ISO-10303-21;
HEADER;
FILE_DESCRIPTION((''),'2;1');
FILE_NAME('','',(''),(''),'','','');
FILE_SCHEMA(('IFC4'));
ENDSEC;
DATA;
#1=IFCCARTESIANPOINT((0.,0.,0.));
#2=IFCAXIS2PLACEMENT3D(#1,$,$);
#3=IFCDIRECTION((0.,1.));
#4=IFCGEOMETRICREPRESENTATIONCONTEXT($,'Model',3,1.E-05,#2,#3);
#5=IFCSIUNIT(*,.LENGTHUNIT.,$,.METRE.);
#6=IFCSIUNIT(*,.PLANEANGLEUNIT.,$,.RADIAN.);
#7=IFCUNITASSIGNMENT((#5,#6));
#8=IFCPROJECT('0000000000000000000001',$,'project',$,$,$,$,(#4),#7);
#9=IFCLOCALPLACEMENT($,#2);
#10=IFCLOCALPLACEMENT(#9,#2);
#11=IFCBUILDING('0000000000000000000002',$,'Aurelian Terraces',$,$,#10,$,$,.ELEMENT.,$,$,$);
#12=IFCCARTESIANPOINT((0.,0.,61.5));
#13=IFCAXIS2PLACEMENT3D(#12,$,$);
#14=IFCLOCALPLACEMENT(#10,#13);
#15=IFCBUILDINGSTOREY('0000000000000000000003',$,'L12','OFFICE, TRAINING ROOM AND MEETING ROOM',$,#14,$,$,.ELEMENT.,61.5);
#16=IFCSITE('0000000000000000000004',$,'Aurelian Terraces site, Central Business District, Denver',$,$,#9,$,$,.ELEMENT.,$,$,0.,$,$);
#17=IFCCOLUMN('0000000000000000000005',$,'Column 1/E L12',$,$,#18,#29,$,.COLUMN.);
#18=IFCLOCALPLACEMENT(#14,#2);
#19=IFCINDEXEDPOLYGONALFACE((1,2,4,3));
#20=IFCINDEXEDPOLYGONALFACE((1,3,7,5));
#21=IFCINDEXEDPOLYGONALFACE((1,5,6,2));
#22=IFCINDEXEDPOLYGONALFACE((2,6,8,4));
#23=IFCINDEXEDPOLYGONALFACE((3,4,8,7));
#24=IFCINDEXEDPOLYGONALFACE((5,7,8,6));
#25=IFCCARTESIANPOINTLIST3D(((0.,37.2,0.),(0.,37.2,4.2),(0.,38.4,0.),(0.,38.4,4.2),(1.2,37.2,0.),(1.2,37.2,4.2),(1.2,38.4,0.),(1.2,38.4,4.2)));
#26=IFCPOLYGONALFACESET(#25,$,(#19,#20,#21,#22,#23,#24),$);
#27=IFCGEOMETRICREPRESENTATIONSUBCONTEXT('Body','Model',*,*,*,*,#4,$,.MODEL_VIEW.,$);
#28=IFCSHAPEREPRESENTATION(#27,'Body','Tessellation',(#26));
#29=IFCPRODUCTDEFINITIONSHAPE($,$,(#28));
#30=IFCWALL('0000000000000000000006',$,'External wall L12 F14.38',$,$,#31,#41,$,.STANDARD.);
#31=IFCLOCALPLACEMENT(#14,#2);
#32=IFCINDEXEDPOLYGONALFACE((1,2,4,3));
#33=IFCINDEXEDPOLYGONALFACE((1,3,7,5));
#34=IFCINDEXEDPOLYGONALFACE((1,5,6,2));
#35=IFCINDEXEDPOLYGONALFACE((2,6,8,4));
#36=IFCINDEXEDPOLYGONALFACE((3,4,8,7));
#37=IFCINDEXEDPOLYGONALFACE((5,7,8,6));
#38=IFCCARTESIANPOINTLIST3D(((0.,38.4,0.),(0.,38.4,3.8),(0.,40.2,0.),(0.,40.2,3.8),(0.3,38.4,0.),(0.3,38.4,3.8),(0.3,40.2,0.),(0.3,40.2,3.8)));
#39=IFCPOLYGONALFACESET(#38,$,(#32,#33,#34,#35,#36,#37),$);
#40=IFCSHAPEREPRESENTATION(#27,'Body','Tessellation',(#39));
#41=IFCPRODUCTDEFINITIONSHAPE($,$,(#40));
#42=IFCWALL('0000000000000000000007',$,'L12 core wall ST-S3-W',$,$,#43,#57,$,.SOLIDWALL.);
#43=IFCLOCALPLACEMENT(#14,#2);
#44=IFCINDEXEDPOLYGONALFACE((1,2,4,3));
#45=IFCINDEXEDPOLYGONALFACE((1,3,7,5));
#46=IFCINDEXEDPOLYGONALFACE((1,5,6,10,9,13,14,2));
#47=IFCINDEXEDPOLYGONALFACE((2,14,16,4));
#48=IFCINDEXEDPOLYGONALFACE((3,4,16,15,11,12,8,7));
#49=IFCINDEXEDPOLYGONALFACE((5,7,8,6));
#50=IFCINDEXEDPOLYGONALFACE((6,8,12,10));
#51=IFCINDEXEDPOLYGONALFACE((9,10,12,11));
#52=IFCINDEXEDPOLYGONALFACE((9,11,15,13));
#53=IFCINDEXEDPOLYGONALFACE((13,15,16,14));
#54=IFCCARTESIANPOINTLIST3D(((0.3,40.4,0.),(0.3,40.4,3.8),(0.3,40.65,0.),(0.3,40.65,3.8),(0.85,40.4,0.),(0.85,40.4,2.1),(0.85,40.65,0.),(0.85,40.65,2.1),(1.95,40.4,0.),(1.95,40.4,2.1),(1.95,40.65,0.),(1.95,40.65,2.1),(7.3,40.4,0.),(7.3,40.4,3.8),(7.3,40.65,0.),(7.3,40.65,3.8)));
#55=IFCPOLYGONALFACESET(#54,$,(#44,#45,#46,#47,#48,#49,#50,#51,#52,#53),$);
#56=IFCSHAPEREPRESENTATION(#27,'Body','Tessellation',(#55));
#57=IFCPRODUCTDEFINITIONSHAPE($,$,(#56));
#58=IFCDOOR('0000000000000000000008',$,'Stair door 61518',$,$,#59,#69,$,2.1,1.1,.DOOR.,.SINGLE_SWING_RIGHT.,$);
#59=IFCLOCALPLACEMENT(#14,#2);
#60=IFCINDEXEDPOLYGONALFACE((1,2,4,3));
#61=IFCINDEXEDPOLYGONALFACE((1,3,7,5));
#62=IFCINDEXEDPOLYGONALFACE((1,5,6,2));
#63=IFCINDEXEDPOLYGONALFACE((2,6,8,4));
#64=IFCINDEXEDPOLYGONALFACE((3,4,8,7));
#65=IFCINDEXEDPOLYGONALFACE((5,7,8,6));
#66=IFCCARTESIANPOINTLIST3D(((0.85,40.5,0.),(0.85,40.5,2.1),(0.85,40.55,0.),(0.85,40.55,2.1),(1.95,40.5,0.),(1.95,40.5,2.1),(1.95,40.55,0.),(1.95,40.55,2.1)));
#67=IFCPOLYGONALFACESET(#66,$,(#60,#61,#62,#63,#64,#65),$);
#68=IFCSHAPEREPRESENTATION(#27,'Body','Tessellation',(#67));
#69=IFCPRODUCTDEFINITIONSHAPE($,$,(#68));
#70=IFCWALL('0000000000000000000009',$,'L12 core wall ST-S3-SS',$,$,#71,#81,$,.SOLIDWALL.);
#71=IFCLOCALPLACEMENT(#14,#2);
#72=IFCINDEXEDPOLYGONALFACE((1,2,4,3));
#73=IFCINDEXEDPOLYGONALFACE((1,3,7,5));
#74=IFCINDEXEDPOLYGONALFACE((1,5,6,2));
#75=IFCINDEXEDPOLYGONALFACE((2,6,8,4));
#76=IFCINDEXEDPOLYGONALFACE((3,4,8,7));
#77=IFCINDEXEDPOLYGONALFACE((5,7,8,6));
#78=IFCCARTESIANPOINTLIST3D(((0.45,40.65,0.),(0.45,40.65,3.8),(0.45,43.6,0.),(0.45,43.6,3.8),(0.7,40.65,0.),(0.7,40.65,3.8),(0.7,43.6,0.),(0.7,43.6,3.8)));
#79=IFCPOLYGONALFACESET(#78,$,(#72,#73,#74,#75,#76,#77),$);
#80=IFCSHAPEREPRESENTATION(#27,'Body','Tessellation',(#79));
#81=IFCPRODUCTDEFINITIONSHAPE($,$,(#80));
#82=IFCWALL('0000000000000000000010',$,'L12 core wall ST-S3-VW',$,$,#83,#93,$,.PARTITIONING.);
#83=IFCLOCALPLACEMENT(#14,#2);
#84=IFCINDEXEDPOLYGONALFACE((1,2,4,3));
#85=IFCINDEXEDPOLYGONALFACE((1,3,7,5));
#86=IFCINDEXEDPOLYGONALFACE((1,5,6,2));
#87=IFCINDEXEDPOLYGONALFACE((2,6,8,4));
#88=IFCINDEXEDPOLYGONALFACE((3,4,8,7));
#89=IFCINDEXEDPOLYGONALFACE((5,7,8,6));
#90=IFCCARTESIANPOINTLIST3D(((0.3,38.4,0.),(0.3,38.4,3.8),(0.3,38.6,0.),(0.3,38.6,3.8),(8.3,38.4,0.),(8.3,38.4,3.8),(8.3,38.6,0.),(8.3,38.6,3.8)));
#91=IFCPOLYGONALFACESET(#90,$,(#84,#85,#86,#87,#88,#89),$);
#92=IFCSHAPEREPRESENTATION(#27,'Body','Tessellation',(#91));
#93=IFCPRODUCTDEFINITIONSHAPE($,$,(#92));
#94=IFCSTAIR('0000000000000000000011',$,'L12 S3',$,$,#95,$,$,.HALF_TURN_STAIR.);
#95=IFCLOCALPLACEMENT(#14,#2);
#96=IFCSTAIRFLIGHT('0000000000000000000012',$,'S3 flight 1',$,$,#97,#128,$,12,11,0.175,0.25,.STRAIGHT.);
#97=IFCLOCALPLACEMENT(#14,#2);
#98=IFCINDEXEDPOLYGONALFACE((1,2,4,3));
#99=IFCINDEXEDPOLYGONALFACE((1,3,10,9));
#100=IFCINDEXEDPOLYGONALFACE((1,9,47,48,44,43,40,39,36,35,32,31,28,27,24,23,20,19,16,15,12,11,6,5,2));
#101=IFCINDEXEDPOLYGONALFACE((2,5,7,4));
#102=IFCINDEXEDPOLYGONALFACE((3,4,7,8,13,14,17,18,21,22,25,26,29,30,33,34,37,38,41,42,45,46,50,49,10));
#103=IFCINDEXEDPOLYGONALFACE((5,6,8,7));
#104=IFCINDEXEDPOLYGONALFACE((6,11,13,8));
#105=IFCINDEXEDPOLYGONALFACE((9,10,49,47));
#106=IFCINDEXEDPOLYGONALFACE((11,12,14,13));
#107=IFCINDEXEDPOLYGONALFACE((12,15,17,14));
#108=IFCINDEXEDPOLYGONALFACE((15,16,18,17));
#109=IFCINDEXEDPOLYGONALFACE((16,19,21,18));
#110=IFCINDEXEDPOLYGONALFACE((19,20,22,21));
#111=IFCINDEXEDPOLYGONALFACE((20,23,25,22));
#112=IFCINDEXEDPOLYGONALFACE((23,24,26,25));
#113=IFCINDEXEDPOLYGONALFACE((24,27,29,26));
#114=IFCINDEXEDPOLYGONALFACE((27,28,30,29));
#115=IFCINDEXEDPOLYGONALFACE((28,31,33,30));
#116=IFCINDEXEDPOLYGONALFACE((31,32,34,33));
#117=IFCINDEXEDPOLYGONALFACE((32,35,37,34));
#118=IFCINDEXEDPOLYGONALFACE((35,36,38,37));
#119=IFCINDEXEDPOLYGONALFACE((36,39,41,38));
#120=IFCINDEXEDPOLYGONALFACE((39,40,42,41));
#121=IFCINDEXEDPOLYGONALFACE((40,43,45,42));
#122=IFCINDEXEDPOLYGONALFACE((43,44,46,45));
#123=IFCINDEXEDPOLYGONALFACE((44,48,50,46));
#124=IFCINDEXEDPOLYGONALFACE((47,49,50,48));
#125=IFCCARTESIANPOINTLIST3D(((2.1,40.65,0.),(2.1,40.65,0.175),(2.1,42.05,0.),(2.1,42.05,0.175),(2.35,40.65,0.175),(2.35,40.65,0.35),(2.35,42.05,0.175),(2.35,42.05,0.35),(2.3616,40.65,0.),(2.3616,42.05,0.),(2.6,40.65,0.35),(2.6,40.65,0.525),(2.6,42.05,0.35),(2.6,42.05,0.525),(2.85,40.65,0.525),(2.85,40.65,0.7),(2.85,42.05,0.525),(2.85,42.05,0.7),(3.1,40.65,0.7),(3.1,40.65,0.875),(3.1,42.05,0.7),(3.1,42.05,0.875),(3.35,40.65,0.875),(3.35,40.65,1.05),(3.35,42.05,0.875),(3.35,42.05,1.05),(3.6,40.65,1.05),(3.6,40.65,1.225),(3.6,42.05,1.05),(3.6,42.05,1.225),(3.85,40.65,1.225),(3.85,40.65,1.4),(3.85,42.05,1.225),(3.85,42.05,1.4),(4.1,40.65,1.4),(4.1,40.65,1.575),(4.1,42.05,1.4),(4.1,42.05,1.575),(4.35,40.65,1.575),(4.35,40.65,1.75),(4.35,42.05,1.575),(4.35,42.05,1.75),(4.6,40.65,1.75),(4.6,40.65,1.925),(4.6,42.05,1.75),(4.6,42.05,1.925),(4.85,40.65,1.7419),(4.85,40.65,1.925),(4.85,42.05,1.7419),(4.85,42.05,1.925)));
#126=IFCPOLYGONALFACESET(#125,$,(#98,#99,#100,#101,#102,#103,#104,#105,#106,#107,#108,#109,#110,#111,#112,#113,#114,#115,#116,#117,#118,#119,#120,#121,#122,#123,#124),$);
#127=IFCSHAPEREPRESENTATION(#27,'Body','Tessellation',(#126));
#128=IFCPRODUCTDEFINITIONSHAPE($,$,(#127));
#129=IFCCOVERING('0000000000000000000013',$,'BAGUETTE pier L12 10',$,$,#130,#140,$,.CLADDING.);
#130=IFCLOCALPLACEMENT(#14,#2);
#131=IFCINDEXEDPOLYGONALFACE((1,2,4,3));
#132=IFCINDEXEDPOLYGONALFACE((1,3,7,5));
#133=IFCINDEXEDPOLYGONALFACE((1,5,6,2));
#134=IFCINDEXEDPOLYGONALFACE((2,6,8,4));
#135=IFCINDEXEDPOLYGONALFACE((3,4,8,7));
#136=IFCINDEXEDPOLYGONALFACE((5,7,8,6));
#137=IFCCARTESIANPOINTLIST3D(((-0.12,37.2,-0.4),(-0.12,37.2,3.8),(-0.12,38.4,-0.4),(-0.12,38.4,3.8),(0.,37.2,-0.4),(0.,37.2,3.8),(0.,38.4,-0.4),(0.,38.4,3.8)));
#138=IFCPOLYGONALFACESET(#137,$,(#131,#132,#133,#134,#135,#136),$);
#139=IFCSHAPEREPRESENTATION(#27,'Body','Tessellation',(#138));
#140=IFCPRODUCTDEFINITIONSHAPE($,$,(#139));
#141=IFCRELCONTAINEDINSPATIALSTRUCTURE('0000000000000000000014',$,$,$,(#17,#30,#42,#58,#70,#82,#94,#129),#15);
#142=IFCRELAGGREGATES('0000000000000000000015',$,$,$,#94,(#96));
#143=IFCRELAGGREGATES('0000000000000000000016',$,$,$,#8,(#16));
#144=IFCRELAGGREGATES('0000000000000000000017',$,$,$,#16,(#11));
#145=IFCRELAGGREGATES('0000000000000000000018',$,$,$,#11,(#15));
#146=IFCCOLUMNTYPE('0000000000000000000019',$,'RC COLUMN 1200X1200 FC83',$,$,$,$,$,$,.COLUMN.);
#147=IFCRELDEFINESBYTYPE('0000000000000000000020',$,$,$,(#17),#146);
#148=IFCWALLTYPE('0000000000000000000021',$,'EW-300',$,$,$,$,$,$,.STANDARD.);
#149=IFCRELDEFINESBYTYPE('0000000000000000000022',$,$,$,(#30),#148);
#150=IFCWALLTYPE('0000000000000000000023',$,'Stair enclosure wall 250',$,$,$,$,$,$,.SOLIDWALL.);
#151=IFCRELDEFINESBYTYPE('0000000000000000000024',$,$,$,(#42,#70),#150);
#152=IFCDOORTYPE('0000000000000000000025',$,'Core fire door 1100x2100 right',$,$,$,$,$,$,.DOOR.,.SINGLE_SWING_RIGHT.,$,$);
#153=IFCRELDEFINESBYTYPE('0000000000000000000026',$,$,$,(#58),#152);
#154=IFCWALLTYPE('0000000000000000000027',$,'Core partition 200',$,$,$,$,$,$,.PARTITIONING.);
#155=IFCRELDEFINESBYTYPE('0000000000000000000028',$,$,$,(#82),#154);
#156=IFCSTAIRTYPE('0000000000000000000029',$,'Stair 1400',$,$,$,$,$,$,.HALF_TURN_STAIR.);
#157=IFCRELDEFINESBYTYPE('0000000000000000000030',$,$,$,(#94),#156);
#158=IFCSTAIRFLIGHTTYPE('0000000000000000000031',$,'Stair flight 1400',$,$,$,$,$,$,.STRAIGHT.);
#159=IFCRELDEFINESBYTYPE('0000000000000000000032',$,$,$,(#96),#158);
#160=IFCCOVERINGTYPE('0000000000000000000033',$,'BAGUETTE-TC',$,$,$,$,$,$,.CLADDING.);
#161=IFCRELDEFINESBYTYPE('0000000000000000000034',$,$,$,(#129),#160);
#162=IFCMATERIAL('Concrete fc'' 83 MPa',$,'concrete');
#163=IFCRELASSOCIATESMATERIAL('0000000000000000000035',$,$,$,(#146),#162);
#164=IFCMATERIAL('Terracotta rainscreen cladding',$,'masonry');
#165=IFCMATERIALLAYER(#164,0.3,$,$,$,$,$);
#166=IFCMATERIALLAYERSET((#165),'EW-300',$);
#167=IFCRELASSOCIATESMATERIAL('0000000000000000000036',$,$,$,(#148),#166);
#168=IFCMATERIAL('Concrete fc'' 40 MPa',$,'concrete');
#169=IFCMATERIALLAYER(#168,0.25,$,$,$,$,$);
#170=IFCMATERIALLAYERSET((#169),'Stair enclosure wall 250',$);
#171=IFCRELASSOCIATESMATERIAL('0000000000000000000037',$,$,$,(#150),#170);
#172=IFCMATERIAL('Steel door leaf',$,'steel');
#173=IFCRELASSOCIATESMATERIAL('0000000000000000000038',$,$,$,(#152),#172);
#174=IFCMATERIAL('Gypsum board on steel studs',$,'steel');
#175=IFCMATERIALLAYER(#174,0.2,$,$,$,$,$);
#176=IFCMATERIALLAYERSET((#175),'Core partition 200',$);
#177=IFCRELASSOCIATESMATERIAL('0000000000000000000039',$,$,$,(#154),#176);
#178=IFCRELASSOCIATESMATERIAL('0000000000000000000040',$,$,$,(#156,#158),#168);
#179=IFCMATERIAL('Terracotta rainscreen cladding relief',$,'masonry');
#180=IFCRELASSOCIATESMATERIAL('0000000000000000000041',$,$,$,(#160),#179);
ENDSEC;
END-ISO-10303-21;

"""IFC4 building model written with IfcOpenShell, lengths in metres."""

from ifc_helpers import new_model, si_unit, direction, frame, frame_2d, origin, origin_2d, place, context, subcontext, project, spatial, polyline, rectangle, outline, extrude, source, transform, mapped, material, layer, layer_set, material_profile, profile_set, type_object, element, fill, aggregate, save


model = new_model("IFC4")

# Units and contexts
model_context = context("Model", 3, precision=1e-05, world=origin(), true_north=direction((0.0, 1.0)))
body_context = subcontext(model_context, "Body", "Model", "MODEL_VIEW")
ifc_project = project(units=[si_unit("LENGTHUNIT", "METRE"), si_unit("PLANEANGLEUNIT", "RADIAN")], contexts=[model_context])

# Site, building, storey
site_placement = place(None, origin())
site = spatial("IfcSite", under=ifc_project, at=site_placement, Name="Aurelian Terraces site, Central Business District, Denver", CompositionType="ELEMENT", RefElevation=0.0)
building_placement = place(site_placement, origin())
building = spatial("IfcBuilding", under=site, at=building_placement, Name="Aurelian Terraces", CompositionType="ELEMENT")
storey_placement = place(building_placement, frame((0.0, 0.0, 61.5)))
storey = spatial("IfcBuildingStorey", under=building, at=storey_placement, Name="L12", Description="OFFICE, TRAINING ROOM AND MEETING ROOM", CompositionType="ELEMENT", Elevation=61.5)

# Column
ifc_material_1 = material(Name="Concrete fc' 83 MPa", Category="concrete")
ifc_material_profile = material_profile(ifc_material_1, rectangle(XDim=1.2, YDim=1.2, at=origin_2d()))
ifc_profile_set = profile_set([ifc_material_profile], Name="Concrete fc' 83 MPa")
column_type = type_object("IfcColumnType", Name="RC COLUMN 1200X1200 FC83", PredefinedType="COLUMN", material=ifc_profile_set)
shared_shape_1 = source(origin(), body_context, "Body", "SweptSolid", [
    extrude(rectangle(XDim=1.2, YDim=1.2, at=origin_2d()), origin(), (0.0, 0.0, 1.0), 4.2),
])
column_placement = place(storey_placement, frame((0.6, 37.8, 0.0), z_axis=(0.0, 0.0, 1.0), x_axis=(1.0, 0.0, 0.0)))
element("IfcColumn", 1, at=column_placement, inside=storey, type_object=column_type, Name="Column 1/E L12", PredefinedType="COLUMN", context=body_context, shape_type="MappedRepresentation", body=[
    mapped(shared_shape_1, transform((0.0, 0.0, 0.0), scale=1.0)),
])

# Wall
ifc_material_2 = material(Name="Terracotta rainscreen cladding", Category="masonry")
ifc_layer_1 = layer(ifc_material_2, 0.3)
ifc_layer_set_1 = layer_set([ifc_layer_1], Name="EW-300")
wall_type_1 = type_object("IfcWallType", Name="EW-300", PredefinedType="STANDARD", material=ifc_layer_set_1)
shared_shape_2 = source(origin(), body_context, "Body", "SweptSolid", [
    extrude(rectangle(XDim=1.8, YDim=0.3, at=frame_2d((0.9, 0.0))), origin(), (0.0, 0.0, 1.0), 3.8),
])
wall_1_placement = place(storey_placement, frame((0.15, 40.2, 0.0), z_axis=(0.0, 0.0, 1.0), x_axis=(0.0, -1.0, 0.0)))
element("IfcWall", 2, at=wall_1_placement, inside=storey, type_object=wall_type_1, Name="External wall L12 F14.38", PredefinedType="STANDARD", context=body_context, shape_type="MappedRepresentation", body=[
    mapped(shared_shape_2, transform((0.0, 0.0, 0.0), scale=1.0)),
])

# Wall, opening, door
ifc_material_3 = material(Name="Concrete fc' 40 MPa", Category="concrete")
ifc_layer_2 = layer(ifc_material_3, 0.25)
ifc_layer_set_2 = layer_set([ifc_layer_2], Name="Stair enclosure wall 250")
wall_type_2 = type_object("IfcWallType", Name="Stair enclosure wall 250", PredefinedType="SOLIDWALL", material=ifc_layer_set_2)
shared_shape_3 = source(origin(), body_context, "Body", "SweptSolid", [
    extrude(rectangle(XDim=7.0, YDim=0.25, at=frame_2d((3.5, 0.0))), origin(), (0.0, 0.0, 1.0), 3.8),
])
wall_2_placement = place(storey_placement, frame((0.3, 40.525, 0.0), z_axis=(0.0, 0.0, 1.0), x_axis=(1.0, 0.0, 0.0)))
wall_2 = element("IfcWall", 3, at=wall_2_placement, inside=storey, type_object=wall_type_2, Name="L12 core wall ST-S3-W", PredefinedType="SOLIDWALL", context=body_context, shape_type="MappedRepresentation", body=[
    mapped(shared_shape_3, transform((0.0, 0.0, 0.0), scale=1.0)),
])
shared_shape_4 = source(origin(), body_context, "Body", "SweptSolid", [
    extrude(rectangle(XDim=1.1, YDim=2.1, at=frame_2d((0.55, 1.05))), frame((0.0, 0.135, 0.0), z_axis=(0.0, -1.0, 0.0), x_axis=(1.0, 0.0, 0.0)), (0.0, 0.0, 1.0), 0.27),
])
opening_placement = place(wall_2_placement, frame((0.55, 0.0, 0.0)))
opening = element("IfcOpeningElement", 4, at=opening_placement, cuts=wall_2, PredefinedType="OPENING", context=body_context, shape_type="MappedRepresentation", body=[
    mapped(shared_shape_4, transform((0.0, 0.0, 0.0), scale=1.0)),
])
ifc_material_4 = material(Name="Steel door leaf", Category="steel")
door_type = type_object("IfcDoorType", Name="Core fire door 1100x2100 right", OperationType="SINGLE_SWING_RIGHT", PredefinedType="DOOR", material=ifc_material_4)
shared_shape_5 = source(origin(), body_context, "Body", "SweptSolid", [
    extrude(rectangle(XDim=1.1, YDim=2.1, at=frame_2d((0.55, 1.05))), frame((0.0, 0.025, 0.0), z_axis=(0.0, -1.0, 0.0), x_axis=(1.0, 0.0, 0.0)), (0.0, 0.0, 1.0), 0.05),
])
door_placement = place(opening_placement, origin())
door = element("IfcDoor", 5, at=door_placement, inside=storey, type_object=door_type, Name="Stair door 61518", OperationType="SINGLE_SWING_RIGHT", OverallHeight=2.1, OverallWidth=1.1, PredefinedType="DOOR", context=body_context, shape_type="MappedRepresentation", body=[
    mapped(shared_shape_5, transform((0.0, 0.0, 0.0), scale=1.0)),
])
fill(opening, door)

# Walls
shared_shape_6 = source(origin(), body_context, "Body", "SweptSolid", [
    extrude(rectangle(XDim=2.95, YDim=0.25, at=frame_2d((1.475, 0.0))), origin(), (0.0, 0.0, 1.0), 3.8),
])
wall_3_placement = place(storey_placement, frame((0.575, 40.65, 0.0), z_axis=(0.0, 0.0, 1.0), x_axis=(0.0, 1.0, 0.0)))
element("IfcWall", 6, at=wall_3_placement, inside=storey, type_object=wall_type_2, Name="L12 core wall ST-S3-SS", PredefinedType="SOLIDWALL", context=body_context, shape_type="MappedRepresentation", body=[
    mapped(shared_shape_6, transform((0.0, 0.0, 0.0), scale=1.0)),
])
ifc_material_5 = material(Name="Gypsum board on steel studs", Category="steel")
ifc_layer_3 = layer(ifc_material_5, 0.2)
ifc_layer_set_3 = layer_set([ifc_layer_3], Name="Core partition 200")
wall_type_3 = type_object("IfcWallType", Name="Core partition 200", PredefinedType="PARTITIONING", material=ifc_layer_set_3)
shared_shape_7 = source(origin(), body_context, "Body", "SweptSolid", [
    extrude(rectangle(XDim=8.0, YDim=0.2, at=frame_2d((4.0, 0.0))), origin(), (0.0, 0.0, 1.0), 3.8),
])
wall_4_placement = place(storey_placement, frame((0.3, 38.5, 0.0), z_axis=(0.0, 0.0, 1.0), x_axis=(1.0, 0.0, 0.0)))
element("IfcWall", 7, at=wall_4_placement, inside=storey, type_object=wall_type_3, Name="L12 core wall ST-S3-VW", PredefinedType="PARTITIONING", context=body_context, shape_type="MappedRepresentation", body=[
    mapped(shared_shape_7, transform((0.0, 0.0, 0.0), scale=1.0)),
])

# Stair, stair flight
stair_type = type_object("IfcStairType", Name="Stair 1400", PredefinedType="HALF_TURN_STAIR", material=ifc_material_3)
stair_placement = place(storey_placement, origin())
stair = element("IfcStair", 8, at=stair_placement, inside=storey, type_object=stair_type, Name="L12 S3", PredefinedType="HALF_TURN_STAIR")
stair_flight_type = type_object("IfcStairFlightType", Name="Stair flight 1400", PredefinedType="STRAIGHT", material=ifc_material_3)
shared_shape_8 = source(origin(), body_context, "Body", "SweptSolid", [
    extrude(outline(polyline([(0.0, 0.0), (0.0, 0.175), (0.25, 0.175), (0.25, 0.35), (0.5, 0.35), (0.5, 0.525), (0.75, 0.525), (0.75, 0.7), (1.0, 0.7), (1.0, 0.875), (1.25, 0.875), (1.25, 1.05), (1.5, 1.05), (1.5, 1.225), (1.75, 1.225), (1.75, 1.4), (2.0, 1.4), (2.0, 1.575), (2.25, 1.575), (2.25, 1.75), (2.5, 1.75), (2.5, 1.925), (2.75, 1.925), (2.75, 2.1), (2.75, 1.7419), (0.2616, 0.0), (0.0, 0.0)])), frame((0.0, 0.7, 0.0), z_axis=(0.0, -1.0, 0.0), x_axis=(1.0, 0.0, 0.0)), (0.0, 0.0, 1.0), 1.4),
])
stair_flight_placement = place(storey_placement, frame((2.1, 41.35, 0.0), z_axis=(0.0, 0.0, 1.0), x_axis=(1.0, 0.0, 0.0)))
stair_flight = element("IfcStairFlight", 9, at=stair_flight_placement, type_object=stair_flight_type, Name="S3 flight 1", NumberOfRisers=12, NumberOfTreads=11, PredefinedType="STRAIGHT", RiserHeight=0.175, TreadLength=0.25, context=body_context, shape_type="MappedRepresentation", body=[
    mapped(shared_shape_8, transform((0.0, 0.0, 0.0), scale=1.0)),
])
aggregate(stair, [stair_flight])

# Covering
ifc_material_6 = material(Name="Terracotta rainscreen cladding relief", Category="masonry")
covering_type = type_object("IfcCoveringType", Name="BAGUETTE-TC", PredefinedType="CLADDING", material=ifc_material_6)
shared_shape_9 = source(origin(), body_context, "Body", "SweptSolid", [
    extrude(rectangle(XDim=0.12, YDim=1.2, at=origin_2d()), origin(), (0.0, 0.0, 1.0), 4.2),
])
covering_placement = place(storey_placement, frame((-0.06, 37.8, -0.4), z_axis=(0.0, 0.0, 1.0), x_axis=(1.0, 0.0, 0.0)))
element("IfcCovering", 10, at=covering_placement, inside=storey, type_object=covering_type, Name="BAGUETTE pier L12 10", PredefinedType="CLADDING", context=body_context, shape_type="MappedRepresentation", body=[
    mapped(shared_shape_9, transform((0.0, 0.0, 0.0), scale=1.0)),
])

save(model, "model.ifc")
